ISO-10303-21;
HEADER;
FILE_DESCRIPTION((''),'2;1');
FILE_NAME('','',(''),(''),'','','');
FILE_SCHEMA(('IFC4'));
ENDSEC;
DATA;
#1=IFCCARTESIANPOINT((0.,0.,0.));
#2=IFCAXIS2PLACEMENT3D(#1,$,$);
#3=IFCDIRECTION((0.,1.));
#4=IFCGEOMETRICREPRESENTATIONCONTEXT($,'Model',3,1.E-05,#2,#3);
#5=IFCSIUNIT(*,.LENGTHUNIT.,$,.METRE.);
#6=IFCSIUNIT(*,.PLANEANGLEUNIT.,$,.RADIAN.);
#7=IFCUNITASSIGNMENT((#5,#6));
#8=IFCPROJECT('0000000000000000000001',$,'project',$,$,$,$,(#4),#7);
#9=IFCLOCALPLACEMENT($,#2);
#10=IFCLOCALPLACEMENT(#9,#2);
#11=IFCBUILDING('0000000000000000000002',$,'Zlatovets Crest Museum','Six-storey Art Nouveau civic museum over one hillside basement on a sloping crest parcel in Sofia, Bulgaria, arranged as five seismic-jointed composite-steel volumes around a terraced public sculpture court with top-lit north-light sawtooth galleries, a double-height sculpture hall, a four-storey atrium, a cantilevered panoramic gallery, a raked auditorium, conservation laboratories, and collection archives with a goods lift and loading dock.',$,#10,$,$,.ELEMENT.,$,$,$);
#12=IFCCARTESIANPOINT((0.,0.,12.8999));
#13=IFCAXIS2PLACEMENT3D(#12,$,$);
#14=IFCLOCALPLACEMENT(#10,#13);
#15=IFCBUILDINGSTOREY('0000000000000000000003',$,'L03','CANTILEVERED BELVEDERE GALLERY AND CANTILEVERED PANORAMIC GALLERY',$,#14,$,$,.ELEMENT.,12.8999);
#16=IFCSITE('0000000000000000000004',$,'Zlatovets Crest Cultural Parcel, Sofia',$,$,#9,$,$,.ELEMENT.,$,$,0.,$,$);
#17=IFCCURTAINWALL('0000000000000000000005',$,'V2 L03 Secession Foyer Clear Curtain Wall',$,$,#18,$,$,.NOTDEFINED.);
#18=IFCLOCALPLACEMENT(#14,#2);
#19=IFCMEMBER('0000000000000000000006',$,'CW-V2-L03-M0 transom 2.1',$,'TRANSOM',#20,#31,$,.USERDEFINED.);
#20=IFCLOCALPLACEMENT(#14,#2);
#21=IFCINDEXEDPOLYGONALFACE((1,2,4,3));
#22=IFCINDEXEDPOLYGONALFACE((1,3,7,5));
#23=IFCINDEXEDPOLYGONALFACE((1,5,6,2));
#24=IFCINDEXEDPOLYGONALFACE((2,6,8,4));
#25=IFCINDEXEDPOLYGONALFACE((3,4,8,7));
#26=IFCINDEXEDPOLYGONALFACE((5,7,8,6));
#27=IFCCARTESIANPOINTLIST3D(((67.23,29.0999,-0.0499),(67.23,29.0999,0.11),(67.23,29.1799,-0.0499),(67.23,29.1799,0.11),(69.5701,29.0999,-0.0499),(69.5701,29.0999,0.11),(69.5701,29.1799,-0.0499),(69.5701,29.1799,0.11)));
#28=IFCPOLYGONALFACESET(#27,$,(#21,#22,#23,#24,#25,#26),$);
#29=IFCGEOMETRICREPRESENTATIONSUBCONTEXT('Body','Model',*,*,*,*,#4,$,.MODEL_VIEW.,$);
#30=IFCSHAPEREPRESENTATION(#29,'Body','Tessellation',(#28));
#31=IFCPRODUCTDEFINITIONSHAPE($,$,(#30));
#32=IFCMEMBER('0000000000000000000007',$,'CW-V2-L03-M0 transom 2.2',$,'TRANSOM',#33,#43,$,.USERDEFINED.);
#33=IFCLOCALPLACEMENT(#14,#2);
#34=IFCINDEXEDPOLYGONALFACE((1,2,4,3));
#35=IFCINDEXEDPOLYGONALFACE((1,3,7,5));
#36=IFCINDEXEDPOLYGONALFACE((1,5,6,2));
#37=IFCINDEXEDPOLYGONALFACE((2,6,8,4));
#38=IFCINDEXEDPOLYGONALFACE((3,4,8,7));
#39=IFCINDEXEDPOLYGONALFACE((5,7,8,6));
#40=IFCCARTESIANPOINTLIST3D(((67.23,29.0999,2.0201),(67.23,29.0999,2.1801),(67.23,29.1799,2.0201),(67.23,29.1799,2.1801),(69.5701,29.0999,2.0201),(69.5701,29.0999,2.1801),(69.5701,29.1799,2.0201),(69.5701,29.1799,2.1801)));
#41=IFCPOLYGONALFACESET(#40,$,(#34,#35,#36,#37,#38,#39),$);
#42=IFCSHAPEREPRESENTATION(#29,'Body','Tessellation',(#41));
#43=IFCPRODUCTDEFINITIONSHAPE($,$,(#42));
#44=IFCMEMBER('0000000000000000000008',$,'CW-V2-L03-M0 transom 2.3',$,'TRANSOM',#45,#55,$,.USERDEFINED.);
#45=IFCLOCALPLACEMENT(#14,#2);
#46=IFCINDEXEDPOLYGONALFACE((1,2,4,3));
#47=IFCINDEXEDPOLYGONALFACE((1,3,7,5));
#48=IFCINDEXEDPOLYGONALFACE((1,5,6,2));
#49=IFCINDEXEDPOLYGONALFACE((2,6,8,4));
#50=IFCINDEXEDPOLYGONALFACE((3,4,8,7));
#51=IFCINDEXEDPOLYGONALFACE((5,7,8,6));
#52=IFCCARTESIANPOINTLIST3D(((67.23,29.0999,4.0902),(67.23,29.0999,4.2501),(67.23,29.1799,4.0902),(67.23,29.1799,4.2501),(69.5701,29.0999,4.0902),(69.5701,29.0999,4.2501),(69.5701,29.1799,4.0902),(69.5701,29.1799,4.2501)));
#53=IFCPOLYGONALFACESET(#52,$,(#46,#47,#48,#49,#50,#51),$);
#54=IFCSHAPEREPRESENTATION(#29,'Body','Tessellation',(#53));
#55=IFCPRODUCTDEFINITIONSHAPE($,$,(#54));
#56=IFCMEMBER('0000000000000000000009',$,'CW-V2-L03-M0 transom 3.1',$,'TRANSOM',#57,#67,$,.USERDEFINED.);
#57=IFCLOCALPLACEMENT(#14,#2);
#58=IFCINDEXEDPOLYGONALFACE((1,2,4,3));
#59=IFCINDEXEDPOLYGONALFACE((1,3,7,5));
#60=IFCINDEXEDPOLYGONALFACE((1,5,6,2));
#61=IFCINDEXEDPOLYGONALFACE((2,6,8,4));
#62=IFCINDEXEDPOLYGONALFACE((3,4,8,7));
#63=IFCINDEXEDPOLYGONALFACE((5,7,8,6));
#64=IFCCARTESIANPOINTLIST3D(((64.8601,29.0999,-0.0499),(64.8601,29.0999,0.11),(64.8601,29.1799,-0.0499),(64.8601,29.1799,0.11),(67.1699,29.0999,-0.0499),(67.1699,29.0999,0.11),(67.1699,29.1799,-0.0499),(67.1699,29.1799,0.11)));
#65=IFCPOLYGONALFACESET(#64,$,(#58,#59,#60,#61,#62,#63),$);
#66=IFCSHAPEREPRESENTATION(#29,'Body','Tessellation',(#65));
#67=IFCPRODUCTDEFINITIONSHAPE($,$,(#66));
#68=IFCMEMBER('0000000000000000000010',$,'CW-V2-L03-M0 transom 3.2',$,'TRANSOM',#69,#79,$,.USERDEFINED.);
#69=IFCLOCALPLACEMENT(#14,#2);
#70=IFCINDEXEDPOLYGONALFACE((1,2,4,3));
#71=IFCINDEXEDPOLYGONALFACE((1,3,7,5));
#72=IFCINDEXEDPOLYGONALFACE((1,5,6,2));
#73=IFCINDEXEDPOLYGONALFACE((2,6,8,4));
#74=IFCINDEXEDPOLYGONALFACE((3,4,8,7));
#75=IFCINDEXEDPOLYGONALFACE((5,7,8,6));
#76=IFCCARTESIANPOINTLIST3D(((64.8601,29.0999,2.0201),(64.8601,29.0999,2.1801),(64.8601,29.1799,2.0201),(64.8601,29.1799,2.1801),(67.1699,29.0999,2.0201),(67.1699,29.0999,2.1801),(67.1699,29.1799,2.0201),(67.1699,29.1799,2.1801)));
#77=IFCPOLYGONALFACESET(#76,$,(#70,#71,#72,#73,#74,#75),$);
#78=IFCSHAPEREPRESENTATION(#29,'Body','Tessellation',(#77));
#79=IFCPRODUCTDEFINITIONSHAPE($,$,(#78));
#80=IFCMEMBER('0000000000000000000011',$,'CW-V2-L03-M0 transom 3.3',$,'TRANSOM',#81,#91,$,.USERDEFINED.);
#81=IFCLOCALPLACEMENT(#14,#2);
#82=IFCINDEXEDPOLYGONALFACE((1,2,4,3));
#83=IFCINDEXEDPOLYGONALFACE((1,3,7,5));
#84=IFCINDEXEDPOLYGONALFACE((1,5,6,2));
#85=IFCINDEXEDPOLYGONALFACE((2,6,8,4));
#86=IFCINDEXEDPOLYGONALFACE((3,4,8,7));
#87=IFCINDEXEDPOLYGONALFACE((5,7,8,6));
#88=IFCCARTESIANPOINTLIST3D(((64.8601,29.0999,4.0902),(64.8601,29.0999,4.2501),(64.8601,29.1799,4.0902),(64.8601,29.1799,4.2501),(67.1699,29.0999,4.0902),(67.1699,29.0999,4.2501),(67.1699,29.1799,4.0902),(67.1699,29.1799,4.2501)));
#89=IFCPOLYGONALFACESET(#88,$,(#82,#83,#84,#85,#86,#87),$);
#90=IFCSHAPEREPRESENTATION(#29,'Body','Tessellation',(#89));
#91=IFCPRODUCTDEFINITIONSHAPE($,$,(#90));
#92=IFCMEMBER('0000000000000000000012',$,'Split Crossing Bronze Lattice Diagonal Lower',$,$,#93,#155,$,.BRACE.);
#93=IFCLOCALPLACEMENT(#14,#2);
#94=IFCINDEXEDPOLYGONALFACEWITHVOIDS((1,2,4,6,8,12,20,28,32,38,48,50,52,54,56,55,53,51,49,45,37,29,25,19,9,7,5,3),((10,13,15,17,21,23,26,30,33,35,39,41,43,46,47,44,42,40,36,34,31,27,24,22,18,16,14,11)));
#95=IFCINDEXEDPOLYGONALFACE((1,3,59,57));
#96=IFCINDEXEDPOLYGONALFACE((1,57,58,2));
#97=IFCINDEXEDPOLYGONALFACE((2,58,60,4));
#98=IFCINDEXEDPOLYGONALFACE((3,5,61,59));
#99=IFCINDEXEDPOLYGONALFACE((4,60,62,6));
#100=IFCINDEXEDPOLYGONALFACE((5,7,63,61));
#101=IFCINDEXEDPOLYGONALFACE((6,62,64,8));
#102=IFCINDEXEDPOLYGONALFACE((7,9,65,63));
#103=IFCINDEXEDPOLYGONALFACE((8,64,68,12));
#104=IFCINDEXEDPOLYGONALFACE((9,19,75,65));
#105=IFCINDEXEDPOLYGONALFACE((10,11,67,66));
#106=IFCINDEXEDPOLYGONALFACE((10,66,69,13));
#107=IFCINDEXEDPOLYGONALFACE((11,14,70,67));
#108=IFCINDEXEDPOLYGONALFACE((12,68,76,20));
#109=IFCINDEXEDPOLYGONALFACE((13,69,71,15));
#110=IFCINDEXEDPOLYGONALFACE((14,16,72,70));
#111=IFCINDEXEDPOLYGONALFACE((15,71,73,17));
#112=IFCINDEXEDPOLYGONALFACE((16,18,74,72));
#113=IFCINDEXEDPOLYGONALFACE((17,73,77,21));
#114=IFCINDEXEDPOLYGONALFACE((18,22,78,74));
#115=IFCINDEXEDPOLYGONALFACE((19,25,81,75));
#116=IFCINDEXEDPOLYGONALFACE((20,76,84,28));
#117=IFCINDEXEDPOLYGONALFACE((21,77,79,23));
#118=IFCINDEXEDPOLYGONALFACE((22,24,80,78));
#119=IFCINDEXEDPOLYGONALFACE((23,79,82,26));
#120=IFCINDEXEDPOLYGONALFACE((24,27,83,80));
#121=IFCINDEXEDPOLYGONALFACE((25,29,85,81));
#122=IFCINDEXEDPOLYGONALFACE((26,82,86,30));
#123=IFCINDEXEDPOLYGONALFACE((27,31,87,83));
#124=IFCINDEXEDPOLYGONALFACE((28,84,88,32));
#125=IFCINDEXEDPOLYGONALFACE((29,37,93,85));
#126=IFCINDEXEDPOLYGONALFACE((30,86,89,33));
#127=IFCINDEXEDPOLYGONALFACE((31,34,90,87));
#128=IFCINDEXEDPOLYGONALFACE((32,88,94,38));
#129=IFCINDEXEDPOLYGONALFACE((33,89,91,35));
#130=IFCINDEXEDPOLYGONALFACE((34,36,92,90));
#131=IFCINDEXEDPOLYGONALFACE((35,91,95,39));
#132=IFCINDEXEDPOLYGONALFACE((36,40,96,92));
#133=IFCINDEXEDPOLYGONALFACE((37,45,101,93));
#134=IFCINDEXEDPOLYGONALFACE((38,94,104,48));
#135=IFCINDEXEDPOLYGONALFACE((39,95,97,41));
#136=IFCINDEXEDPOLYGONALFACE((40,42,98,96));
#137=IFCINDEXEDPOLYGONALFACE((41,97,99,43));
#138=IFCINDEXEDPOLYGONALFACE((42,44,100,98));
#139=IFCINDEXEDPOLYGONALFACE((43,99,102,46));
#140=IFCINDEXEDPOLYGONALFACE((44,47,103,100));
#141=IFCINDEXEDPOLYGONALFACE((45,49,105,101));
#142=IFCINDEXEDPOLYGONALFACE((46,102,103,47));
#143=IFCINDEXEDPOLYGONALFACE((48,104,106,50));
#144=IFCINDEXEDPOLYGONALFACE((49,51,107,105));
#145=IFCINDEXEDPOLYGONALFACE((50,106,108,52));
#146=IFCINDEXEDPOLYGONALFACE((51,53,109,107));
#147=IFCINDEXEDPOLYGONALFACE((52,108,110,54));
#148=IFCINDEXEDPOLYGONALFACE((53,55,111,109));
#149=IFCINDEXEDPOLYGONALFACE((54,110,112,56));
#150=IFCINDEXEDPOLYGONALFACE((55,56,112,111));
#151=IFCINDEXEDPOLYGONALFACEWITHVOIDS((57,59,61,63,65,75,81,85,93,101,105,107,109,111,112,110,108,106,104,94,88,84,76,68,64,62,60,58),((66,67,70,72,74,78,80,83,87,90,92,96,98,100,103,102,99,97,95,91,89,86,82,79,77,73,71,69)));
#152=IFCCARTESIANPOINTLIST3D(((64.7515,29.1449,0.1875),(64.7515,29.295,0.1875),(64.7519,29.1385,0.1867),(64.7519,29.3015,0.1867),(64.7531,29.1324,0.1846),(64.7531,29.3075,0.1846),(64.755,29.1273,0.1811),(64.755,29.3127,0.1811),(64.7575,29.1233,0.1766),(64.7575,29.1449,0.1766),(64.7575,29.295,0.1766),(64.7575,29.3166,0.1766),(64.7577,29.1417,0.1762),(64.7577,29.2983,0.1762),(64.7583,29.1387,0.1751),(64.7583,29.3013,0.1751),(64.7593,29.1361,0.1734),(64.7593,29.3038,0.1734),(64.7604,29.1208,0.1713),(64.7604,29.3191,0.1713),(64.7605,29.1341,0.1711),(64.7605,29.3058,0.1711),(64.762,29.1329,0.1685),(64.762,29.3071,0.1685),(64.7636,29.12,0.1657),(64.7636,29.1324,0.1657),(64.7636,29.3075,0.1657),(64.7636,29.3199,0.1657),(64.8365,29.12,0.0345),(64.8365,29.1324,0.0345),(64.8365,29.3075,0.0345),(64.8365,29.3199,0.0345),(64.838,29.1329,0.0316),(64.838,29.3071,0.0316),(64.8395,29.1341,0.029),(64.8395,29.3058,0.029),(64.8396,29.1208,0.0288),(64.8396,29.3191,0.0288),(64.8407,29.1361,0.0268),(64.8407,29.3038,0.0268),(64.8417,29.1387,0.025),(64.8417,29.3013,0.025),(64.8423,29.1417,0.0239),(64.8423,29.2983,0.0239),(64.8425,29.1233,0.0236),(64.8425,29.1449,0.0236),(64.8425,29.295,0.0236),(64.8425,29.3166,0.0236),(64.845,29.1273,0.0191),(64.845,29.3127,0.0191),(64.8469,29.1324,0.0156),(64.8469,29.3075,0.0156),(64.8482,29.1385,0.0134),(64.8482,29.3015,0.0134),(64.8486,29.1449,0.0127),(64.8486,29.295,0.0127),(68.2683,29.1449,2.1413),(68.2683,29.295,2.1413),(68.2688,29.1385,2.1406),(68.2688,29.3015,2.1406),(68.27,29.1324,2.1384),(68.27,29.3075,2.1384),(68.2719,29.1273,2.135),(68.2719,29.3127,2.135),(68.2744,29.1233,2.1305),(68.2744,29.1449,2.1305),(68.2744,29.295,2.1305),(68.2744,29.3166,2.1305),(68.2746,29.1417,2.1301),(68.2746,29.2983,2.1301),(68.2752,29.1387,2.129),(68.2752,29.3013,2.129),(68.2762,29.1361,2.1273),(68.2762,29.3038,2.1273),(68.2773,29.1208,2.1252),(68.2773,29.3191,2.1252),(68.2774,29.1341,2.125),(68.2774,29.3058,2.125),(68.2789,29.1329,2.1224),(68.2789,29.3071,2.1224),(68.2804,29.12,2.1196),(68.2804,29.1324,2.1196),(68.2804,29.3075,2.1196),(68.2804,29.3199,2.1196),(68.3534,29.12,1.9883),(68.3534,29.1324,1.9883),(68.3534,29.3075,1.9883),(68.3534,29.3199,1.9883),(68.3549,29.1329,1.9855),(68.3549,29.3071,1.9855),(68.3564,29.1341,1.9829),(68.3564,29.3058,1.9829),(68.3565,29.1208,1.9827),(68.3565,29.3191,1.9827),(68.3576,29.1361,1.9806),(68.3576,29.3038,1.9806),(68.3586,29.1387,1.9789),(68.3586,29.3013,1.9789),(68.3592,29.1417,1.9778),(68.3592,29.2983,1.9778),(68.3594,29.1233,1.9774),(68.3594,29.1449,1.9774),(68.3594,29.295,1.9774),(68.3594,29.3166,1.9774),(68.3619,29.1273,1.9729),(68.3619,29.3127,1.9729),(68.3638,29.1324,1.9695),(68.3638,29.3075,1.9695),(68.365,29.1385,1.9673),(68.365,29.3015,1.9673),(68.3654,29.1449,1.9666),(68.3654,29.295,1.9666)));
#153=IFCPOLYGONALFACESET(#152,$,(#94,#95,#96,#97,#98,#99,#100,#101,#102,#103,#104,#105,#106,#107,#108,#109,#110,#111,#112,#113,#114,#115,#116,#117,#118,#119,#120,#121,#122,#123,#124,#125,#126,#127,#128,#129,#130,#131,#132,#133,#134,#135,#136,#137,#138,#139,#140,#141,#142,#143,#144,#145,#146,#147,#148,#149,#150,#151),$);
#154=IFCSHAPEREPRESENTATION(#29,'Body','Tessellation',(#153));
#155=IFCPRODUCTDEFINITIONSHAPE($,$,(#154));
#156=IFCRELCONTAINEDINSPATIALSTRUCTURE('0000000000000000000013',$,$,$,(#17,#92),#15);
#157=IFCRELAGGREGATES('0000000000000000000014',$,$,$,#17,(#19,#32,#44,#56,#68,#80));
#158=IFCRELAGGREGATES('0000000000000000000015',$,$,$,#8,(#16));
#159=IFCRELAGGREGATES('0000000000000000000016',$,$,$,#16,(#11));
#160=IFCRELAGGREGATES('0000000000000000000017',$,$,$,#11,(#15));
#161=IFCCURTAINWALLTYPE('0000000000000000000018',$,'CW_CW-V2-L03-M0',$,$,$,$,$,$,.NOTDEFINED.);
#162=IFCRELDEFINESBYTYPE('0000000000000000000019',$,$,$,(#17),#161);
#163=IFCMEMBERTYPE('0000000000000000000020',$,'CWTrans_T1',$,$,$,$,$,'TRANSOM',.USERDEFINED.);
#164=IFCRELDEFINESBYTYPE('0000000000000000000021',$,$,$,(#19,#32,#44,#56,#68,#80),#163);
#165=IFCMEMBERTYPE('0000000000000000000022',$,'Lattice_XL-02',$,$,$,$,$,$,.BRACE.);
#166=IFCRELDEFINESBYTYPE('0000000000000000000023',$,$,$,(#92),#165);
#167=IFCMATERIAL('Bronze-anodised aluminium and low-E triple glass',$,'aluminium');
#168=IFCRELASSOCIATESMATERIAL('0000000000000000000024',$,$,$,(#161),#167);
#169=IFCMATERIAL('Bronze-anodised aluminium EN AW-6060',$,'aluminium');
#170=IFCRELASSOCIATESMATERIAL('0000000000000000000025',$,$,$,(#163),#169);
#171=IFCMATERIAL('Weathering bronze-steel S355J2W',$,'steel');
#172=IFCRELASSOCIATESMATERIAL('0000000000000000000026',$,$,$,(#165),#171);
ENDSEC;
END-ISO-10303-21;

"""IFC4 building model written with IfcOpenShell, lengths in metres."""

from ifc_helpers import new_model, si_unit, direction, frame, origin, origin_2d, place, context, subcontext, project, spatial, rectangle, hollow_rectangle, extrude, material, material_profile, profile_set, type_object, element, aggregate, save


model = new_model("IFC4")

# Units and contexts
model_context = context("Model", 3, precision=1e-05, world=origin(), true_north=direction((0.0, 1.0)))
body_context = subcontext(model_context, "Body", "Model", "MODEL_VIEW")
ifc_project = project(units=[si_unit("LENGTHUNIT", "METRE"), si_unit("PLANEANGLEUNIT", "RADIAN")], contexts=[model_context])

# Site, building, storey
site_placement = place(None, origin())
site = spatial("IfcSite", under=ifc_project, at=site_placement, Name="Zlatovets Crest Cultural Parcel, Sofia", CompositionType="ELEMENT", RefElevation=0.0)
building_placement = place(site_placement, origin())
building = spatial("IfcBuilding", under=site, at=building_placement, Name="Zlatovets Crest Museum", Description="Six-storey Art Nouveau civic museum over one hillside basement on a sloping crest parcel in Sofia, Bulgaria, arranged as five seismic-jointed composite-steel volumes around a terraced public sculpture court with top-lit north-light sawtooth galleries, a double-height sculpture hall, a four-storey atrium, a cantilevered panoramic gallery, a raked auditorium, conservation laboratories, and collection archives with a goods lift and loading dock.", CompositionType="ELEMENT")
storey_placement = place(building_placement, frame((0.0, 0.0, 12.8999)))
storey = spatial("IfcBuildingStorey", under=building, at=storey_placement, Name="L03", Description="CANTILEVERED BELVEDERE GALLERY AND CANTILEVERED PANORAMIC GALLERY", CompositionType="ELEMENT", Elevation=12.8999)

# Curtain wall, members
ifc_material_1 = material(Name="Bronze-anodised aluminium and low-E triple glass", Category="aluminium")
curtain_wall_type = type_object("IfcCurtainWallType", Name="CW_CW-V2-L03-M0", PredefinedType="NOTDEFINED", material=ifc_material_1)
curtain_wall_placement = place(storey_placement, origin())
curtain_wall = element("IfcCurtainWall", 1, at=curtain_wall_placement, inside=storey, type_object=curtain_wall_type, Name="V2 L03 Secession Foyer Clear Curtain Wall", PredefinedType="NOTDEFINED")
ifc_material_2 = material(Name="Bronze-anodised aluminium EN AW-6060", Category="aluminium")
ifc_material_profile_1 = material_profile(ifc_material_2, rectangle(XDim=0.0801, YDim=0.1599, at=origin_2d()), Name="ALU 80x160")
ifc_profile_set_1 = profile_set([ifc_material_profile_1], Name="Bronze-anodised aluminium EN AW-6060")
member_type_1 = type_object("IfcMemberType", Name="CWTrans_T1", ElementType="TRANSOM", PredefinedType="USERDEFINED", material=ifc_profile_set_1)
member_1_placement = place(storey_placement, frame((69.5701, 29.1399, 0.03), z_axis=(-1.0, 0.0, 0.0), x_axis=(0.0, -1.0, 0.0)))
member_1 = element("IfcMember", 2, at=member_1_placement, type_object=member_type_1, Name="CW-V2-L03-M0 transom 2.1", ObjectType="TRANSOM", PredefinedType="USERDEFINED", context=body_context, shape_type="SweptSolid", body=[
    extrude(rectangle(XDim=0.0801, YDim=0.1599, at=origin_2d()), origin(), (0.0, 0.0, 1.0), 2.3401),
])
member_2_placement = place(storey_placement, frame((69.5701, 29.1399, 2.1001), z_axis=(-1.0, 0.0, 0.0), x_axis=(0.0, -1.0, 0.0)))
member_2 = element("IfcMember", 3, at=member_2_placement, type_object=member_type_1, Name="CW-V2-L03-M0 transom 2.2", ObjectType="TRANSOM", PredefinedType="USERDEFINED", context=body_context, shape_type="SweptSolid", body=[
    extrude(rectangle(XDim=0.0801, YDim=0.1599, at=origin_2d()), origin(), (0.0, 0.0, 1.0), 2.3401),
])
member_3_placement = place(storey_placement, frame((69.5701, 29.1399, 4.1702), z_axis=(-1.0, 0.0, 0.0), x_axis=(0.0, -1.0, 0.0)))
member_3 = element("IfcMember", 4, at=member_3_placement, type_object=member_type_1, Name="CW-V2-L03-M0 transom 2.3", ObjectType="TRANSOM", PredefinedType="USERDEFINED", context=body_context, shape_type="SweptSolid", body=[
    extrude(rectangle(XDim=0.0801, YDim=0.1599, at=origin_2d()), origin(), (0.0, 0.0, 1.0), 2.3401),
])
member_4_placement = place(storey_placement, frame((67.1699, 29.1399, 0.03), z_axis=(-1.0, 0.0, 0.0), x_axis=(0.0, -1.0, 0.0)))
member_4 = element("IfcMember", 5, at=member_4_placement, type_object=member_type_1, Name="CW-V2-L03-M0 transom 3.1", ObjectType="TRANSOM", PredefinedType="USERDEFINED", context=body_context, shape_type="SweptSolid", body=[
    extrude(rectangle(XDim=0.0801, YDim=0.1599, at=origin_2d()), origin(), (0.0, 0.0, 1.0), 2.3098),
])
member_5_placement = place(storey_placement, frame((67.1699, 29.1399, 2.1001), z_axis=(-1.0, 0.0, 0.0), x_axis=(0.0, -1.0, 0.0)))
member_5 = element("IfcMember", 6, at=member_5_placement, type_object=member_type_1, Name="CW-V2-L03-M0 transom 3.2", ObjectType="TRANSOM", PredefinedType="USERDEFINED", context=body_context, shape_type="SweptSolid", body=[
    extrude(rectangle(XDim=0.0801, YDim=0.1599, at=origin_2d()), origin(), (0.0, 0.0, 1.0), 2.3098),
])
member_6_placement = place(storey_placement, frame((67.1699, 29.1399, 4.1702), z_axis=(-1.0, 0.0, 0.0), x_axis=(0.0, -1.0, 0.0)))
member_6 = element("IfcMember", 7, at=member_6_placement, type_object=member_type_1, Name="CW-V2-L03-M0 transom 3.3", ObjectType="TRANSOM", PredefinedType="USERDEFINED", context=body_context, shape_type="SweptSolid", body=[
    extrude(rectangle(XDim=0.0801, YDim=0.1599, at=origin_2d()), origin(), (0.0, 0.0, 1.0), 2.3098),
])

# Member
ifc_material_3 = material(Name="Weathering bronze-steel S355J2W", Category="steel")
ifc_material_profile_2 = material_profile(ifc_material_3, hollow_rectangle(XDim=0.2, YDim=0.2, WallThickness=0.0125, InnerFilletRadius=0.0125, OuterFilletRadius=0.0249, at=origin_2d()), Name="SHS 200x200x12.5")
ifc_profile_set_2 = profile_set([ifc_material_profile_2], Name="Weathering bronze-steel S355J2W")
member_type_2 = type_object("IfcMemberType", Name="Lattice_XL-02", PredefinedType="BRACE", material=ifc_profile_set_2)
member_7_placement = place(storey_placement, frame((68.3169, 29.22, 2.054), z_axis=(-0.874152, 0.0, -0.485653), x_axis=(0.0, -1.0, 0.0)))
element("IfcMember", 8, at=member_7_placement, inside=storey, type_object=member_type_2, Name="Split Crossing Bronze Lattice Diagonal Lower", PredefinedType="BRACE", context=body_context, shape_type="SweptSolid", body=[
    extrude(hollow_rectangle(XDim=0.2, YDim=0.2, WallThickness=0.0125, InnerFilletRadius=0.0125, OuterFilletRadius=0.0249, at=origin_2d()), origin(), (0.0, 0.0, 1.0), 4.0232),
])

aggregate(curtain_wall, [member_1, member_2, member_3, member_4, member_5, member_6])

save(model, "model.ifc")
